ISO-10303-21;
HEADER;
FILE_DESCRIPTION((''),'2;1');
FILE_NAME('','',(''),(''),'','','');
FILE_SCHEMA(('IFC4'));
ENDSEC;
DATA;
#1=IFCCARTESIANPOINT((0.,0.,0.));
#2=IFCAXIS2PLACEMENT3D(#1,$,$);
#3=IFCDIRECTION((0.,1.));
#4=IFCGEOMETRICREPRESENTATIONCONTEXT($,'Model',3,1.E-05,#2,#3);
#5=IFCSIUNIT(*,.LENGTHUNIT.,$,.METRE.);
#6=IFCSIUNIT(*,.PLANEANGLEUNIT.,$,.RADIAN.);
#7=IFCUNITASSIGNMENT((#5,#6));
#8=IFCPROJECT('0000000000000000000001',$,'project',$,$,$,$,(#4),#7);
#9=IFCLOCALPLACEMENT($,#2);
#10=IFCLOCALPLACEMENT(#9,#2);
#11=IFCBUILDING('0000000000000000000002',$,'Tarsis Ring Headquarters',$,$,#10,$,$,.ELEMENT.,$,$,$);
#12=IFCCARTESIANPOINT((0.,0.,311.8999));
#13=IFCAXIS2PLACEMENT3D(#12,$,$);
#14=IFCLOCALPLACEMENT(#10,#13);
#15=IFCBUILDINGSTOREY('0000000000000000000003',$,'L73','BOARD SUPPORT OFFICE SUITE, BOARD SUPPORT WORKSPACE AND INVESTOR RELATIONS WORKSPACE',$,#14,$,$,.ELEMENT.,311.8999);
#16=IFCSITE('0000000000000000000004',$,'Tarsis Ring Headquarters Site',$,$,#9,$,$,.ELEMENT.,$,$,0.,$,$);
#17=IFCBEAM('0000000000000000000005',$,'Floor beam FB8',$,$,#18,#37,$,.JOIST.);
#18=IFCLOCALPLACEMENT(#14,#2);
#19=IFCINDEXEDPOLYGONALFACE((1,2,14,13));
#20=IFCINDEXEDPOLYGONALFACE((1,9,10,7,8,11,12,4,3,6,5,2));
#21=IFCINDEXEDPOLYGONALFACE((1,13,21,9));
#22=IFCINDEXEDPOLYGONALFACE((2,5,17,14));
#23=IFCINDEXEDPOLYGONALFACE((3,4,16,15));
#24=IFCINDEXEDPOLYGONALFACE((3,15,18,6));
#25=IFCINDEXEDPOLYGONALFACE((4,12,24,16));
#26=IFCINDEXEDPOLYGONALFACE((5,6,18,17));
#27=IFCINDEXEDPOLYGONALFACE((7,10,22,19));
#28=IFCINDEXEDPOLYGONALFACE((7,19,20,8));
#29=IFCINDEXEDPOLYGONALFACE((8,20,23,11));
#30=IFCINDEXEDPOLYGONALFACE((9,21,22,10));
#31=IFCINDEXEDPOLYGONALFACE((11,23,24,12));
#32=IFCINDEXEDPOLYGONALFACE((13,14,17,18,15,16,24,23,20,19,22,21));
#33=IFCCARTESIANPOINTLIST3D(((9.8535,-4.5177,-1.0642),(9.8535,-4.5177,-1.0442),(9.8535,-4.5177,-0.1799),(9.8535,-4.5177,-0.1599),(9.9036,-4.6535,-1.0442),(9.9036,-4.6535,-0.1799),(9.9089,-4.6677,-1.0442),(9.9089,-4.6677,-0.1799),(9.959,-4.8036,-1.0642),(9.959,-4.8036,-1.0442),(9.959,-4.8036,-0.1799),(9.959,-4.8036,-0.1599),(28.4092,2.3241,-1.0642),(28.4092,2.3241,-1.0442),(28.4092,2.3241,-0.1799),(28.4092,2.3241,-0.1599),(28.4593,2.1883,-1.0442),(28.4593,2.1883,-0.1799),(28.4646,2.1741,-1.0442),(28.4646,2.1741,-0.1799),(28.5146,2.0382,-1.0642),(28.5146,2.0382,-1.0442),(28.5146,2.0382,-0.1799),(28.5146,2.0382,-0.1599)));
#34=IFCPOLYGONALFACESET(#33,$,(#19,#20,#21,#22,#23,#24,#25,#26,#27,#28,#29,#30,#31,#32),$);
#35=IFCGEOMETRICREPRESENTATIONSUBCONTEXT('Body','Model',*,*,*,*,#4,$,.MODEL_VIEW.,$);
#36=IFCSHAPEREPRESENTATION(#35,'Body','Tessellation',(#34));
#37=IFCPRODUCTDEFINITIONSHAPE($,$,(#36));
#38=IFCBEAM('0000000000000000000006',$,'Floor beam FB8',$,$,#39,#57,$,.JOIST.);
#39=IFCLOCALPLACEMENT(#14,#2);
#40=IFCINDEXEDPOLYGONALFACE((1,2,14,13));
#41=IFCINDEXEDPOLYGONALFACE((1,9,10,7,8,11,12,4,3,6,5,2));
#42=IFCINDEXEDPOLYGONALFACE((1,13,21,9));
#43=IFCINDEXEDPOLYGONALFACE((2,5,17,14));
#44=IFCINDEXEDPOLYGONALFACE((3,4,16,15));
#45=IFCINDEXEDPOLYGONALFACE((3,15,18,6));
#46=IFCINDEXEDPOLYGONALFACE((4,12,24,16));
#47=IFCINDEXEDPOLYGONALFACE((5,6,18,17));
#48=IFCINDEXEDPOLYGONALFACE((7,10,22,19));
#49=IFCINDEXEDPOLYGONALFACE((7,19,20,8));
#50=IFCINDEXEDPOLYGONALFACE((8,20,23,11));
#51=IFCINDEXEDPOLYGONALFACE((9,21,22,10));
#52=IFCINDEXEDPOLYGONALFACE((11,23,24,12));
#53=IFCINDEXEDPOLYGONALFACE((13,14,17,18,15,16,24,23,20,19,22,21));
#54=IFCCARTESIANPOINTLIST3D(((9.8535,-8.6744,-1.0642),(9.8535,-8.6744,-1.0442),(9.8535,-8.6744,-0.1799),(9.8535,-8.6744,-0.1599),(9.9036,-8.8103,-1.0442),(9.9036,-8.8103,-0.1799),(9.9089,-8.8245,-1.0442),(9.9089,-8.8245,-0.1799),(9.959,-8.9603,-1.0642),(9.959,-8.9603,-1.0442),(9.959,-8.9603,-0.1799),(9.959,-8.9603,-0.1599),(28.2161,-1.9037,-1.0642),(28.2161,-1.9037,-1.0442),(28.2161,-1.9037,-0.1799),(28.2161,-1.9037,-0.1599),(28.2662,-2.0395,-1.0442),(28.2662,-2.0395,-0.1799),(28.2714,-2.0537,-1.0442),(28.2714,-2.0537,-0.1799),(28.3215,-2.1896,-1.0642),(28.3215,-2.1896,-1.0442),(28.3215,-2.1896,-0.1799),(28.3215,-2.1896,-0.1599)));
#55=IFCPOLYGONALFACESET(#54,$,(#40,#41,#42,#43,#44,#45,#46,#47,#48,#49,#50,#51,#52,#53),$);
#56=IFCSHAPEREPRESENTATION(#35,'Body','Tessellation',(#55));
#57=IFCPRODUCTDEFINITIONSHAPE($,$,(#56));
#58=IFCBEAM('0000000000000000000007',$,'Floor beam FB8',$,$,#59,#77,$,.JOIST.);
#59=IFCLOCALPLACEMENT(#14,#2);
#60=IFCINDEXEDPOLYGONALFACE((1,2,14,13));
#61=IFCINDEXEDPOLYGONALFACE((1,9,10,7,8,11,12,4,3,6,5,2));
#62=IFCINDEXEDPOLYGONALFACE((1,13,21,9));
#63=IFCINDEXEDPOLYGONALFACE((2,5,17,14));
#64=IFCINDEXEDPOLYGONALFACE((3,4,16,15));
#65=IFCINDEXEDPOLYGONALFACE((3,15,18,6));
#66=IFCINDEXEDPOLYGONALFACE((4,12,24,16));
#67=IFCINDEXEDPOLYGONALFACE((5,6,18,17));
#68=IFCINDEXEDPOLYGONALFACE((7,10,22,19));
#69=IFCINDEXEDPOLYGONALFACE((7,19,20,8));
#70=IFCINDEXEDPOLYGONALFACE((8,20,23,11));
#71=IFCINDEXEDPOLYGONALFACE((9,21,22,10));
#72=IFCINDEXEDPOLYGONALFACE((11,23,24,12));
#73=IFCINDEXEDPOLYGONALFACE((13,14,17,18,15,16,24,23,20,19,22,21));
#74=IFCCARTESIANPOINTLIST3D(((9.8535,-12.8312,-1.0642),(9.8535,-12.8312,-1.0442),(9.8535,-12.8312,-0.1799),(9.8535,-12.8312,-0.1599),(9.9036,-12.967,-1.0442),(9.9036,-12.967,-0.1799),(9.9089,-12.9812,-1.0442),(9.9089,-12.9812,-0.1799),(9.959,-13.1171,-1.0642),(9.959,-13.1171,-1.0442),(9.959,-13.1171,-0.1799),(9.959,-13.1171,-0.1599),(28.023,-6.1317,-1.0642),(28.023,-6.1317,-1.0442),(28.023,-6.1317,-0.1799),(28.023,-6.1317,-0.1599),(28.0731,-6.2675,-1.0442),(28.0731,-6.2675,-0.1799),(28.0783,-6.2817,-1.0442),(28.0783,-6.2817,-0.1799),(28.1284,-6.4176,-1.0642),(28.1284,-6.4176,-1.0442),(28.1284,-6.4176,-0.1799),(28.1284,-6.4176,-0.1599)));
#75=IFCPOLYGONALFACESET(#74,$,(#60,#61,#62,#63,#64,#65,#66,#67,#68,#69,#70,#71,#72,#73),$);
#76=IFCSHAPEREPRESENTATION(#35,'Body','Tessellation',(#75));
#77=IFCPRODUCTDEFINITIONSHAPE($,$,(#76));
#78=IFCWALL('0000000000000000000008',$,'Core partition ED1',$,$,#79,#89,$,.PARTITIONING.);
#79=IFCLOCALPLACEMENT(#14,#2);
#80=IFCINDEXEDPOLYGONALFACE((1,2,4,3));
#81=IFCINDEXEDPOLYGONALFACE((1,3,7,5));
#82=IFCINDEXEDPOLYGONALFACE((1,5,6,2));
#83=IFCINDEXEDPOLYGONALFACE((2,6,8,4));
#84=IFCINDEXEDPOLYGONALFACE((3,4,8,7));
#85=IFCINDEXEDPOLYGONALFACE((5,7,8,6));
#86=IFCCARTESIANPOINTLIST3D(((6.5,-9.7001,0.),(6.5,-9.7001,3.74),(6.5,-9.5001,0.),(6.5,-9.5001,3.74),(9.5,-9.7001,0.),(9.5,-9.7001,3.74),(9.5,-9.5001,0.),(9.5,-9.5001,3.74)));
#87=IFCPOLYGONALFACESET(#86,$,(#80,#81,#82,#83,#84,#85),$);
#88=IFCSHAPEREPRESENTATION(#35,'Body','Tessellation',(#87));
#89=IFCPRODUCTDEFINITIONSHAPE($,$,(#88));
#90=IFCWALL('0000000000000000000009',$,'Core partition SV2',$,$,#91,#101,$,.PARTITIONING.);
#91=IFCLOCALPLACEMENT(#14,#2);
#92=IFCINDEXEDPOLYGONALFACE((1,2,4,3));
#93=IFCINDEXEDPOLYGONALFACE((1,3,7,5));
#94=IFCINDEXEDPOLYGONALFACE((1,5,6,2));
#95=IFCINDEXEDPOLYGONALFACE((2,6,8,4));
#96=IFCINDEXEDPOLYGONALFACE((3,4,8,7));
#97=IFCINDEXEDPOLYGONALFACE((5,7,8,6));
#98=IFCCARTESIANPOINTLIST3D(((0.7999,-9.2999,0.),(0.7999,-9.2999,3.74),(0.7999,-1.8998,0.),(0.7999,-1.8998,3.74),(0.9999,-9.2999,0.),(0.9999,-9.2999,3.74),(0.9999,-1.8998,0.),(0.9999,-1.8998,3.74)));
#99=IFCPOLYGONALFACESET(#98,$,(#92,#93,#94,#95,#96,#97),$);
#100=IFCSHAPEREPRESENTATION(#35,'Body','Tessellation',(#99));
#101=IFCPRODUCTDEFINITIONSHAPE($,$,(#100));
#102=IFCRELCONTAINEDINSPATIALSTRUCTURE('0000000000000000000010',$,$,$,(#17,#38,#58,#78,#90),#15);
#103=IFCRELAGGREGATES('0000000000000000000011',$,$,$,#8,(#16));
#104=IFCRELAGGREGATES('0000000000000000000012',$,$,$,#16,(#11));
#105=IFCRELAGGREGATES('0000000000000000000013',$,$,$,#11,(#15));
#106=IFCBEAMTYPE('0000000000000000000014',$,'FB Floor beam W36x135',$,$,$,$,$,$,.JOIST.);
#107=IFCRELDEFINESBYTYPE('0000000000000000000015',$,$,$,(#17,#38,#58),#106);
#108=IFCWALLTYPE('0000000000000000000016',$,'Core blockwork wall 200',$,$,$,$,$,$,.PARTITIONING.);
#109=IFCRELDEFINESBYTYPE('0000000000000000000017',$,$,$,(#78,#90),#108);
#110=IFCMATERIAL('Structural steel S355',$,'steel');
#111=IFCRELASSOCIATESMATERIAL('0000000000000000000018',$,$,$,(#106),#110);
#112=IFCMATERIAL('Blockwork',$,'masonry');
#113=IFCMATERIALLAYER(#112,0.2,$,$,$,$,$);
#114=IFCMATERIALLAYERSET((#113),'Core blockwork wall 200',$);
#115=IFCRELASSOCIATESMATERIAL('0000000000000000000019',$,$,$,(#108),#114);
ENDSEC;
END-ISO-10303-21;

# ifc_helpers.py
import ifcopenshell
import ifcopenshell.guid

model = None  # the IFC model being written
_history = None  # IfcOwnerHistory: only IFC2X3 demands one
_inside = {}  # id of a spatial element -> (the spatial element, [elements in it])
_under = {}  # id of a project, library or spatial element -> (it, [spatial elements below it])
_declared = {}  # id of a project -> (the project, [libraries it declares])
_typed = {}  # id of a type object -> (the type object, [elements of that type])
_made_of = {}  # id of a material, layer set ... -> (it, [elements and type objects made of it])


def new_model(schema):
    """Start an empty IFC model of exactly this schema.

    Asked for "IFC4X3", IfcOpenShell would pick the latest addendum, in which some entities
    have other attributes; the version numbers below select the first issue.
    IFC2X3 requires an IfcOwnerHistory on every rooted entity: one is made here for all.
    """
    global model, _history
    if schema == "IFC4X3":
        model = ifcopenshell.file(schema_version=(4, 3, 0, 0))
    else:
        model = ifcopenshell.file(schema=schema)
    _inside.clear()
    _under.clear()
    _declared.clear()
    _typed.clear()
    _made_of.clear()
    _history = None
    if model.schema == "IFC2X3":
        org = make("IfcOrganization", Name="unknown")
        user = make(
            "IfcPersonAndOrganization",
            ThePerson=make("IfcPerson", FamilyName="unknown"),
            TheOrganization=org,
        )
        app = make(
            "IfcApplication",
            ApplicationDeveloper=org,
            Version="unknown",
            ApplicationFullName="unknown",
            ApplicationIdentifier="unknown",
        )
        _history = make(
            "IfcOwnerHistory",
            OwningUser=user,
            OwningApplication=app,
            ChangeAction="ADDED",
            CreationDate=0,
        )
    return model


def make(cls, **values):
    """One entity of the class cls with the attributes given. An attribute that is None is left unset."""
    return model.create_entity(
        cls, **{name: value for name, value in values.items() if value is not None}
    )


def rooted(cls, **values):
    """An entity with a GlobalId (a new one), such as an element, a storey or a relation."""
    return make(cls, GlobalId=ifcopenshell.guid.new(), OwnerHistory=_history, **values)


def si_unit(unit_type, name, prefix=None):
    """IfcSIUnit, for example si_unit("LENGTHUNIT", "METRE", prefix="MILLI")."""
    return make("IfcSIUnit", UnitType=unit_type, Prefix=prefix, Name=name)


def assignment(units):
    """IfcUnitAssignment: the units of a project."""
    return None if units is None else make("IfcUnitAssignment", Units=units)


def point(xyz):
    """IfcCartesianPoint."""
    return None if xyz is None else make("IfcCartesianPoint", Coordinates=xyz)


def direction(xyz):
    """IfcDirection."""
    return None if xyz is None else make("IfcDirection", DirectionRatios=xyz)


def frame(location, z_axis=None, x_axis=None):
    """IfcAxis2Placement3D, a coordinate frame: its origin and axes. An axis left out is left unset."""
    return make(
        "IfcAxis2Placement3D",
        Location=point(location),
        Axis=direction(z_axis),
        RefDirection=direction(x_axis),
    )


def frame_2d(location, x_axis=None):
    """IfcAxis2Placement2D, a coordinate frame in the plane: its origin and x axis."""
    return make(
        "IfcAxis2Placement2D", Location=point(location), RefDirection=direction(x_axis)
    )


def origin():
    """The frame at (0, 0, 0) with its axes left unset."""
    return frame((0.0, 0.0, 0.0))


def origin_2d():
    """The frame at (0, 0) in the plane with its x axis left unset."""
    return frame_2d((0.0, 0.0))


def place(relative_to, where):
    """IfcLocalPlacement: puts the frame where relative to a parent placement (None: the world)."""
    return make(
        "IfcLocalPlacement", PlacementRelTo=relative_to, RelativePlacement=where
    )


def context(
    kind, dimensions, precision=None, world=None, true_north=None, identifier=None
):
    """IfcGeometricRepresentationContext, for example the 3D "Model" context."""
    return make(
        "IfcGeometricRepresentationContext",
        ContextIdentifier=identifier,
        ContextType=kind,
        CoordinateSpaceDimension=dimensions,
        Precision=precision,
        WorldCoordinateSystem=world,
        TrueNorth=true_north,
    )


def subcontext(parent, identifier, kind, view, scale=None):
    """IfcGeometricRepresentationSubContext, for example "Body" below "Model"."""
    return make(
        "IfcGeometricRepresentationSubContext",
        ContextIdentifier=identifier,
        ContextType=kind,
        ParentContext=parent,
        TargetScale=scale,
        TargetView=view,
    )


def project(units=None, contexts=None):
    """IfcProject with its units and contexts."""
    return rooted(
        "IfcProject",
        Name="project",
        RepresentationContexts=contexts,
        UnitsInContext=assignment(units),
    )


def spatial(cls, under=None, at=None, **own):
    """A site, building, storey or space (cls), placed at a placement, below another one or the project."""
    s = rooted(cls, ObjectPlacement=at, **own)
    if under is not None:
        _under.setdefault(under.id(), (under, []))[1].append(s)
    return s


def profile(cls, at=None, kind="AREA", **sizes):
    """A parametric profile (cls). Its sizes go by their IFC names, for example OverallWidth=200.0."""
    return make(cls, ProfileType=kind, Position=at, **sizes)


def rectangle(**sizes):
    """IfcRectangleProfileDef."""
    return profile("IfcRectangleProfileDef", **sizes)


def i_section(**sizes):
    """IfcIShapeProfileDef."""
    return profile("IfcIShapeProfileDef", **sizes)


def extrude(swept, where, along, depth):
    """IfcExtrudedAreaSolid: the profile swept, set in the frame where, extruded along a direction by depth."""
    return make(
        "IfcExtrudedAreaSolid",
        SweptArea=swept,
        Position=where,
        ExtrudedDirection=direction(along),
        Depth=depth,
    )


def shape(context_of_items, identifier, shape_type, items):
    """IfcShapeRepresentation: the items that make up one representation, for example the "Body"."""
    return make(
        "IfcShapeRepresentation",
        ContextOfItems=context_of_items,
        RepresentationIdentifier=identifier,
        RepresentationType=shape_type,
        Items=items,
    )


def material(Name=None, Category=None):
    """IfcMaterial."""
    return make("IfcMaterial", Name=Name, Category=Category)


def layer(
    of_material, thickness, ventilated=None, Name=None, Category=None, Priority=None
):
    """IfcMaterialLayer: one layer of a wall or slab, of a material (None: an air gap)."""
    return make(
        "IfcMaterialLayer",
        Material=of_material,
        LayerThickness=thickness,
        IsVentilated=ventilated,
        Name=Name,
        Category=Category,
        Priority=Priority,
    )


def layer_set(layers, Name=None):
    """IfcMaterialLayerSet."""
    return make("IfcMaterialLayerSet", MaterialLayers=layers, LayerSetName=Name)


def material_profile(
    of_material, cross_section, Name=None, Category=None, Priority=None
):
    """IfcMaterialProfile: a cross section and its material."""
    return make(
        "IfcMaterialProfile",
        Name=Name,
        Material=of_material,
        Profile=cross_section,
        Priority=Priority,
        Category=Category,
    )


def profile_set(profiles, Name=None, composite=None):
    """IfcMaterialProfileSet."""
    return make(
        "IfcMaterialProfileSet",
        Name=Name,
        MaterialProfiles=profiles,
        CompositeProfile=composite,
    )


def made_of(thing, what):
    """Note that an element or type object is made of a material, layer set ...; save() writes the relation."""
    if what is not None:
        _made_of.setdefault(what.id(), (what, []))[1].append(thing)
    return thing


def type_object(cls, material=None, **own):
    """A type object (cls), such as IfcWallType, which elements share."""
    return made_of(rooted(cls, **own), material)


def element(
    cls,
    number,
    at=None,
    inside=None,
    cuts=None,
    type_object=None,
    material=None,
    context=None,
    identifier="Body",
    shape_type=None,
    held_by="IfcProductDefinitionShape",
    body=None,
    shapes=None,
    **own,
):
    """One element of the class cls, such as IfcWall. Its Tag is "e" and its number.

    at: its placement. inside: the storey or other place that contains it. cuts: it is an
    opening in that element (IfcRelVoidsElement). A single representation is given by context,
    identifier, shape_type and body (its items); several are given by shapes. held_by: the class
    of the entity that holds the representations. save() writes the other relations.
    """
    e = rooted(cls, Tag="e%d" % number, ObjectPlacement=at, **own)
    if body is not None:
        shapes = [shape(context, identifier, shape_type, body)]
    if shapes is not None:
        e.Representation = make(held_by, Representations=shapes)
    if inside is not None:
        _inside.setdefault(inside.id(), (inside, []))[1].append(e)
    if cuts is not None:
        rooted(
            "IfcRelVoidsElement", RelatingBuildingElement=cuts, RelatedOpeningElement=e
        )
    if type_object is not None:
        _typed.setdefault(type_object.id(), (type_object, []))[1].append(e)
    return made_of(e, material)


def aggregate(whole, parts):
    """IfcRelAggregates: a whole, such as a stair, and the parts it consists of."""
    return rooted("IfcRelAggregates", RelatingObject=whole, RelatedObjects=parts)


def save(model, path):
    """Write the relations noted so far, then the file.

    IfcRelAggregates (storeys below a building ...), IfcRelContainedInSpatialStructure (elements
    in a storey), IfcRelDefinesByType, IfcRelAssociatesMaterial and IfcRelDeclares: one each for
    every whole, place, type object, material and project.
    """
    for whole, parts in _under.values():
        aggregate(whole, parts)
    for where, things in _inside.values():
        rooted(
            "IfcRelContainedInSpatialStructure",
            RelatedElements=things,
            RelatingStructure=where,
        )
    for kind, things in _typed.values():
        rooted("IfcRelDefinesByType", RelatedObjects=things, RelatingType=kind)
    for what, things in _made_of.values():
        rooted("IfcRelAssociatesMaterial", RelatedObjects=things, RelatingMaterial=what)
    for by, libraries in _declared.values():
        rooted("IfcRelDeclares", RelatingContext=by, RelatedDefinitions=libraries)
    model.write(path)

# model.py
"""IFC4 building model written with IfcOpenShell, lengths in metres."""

from ifc_helpers import new_model, si_unit, direction, frame, frame_2d, origin, origin_2d, place, context, subcontext, project, spatial, rectangle, i_section, extrude, material, layer, layer_set, material_profile, profile_set, type_object, element, save


model = new_model("IFC4")

# Units and contexts
model_context = context("Model", 3, precision=1e-05, world=origin(), true_north=direction((0.0, 1.0)))
body_context = subcontext(model_context, "Body", "Model", "MODEL_VIEW")
ifc_project = project(units=[si_unit("LENGTHUNIT", "METRE"), si_unit("PLANEANGLEUNIT", "RADIAN")], contexts=[model_context])

# Site, building, storey
site_placement = place(None, origin())
site = spatial("IfcSite", under=ifc_project, at=site_placement, Name="Tarsis Ring Headquarters Site", CompositionType="ELEMENT", RefElevation=0.0)
building_placement = place(site_placement, origin())
building = spatial("IfcBuilding", under=site, at=building_placement, Name="Tarsis Ring Headquarters", CompositionType="ELEMENT")
storey_placement = place(building_placement, frame((0.0, 0.0, 311.8999)))
storey = spatial("IfcBuildingStorey", under=building, at=storey_placement, Name="L73", Description="BOARD SUPPORT OFFICE SUITE, BOARD SUPPORT WORKSPACE AND INVESTOR RELATIONS WORKSPACE", CompositionType="ELEMENT", Elevation=311.8999)

# Beams
ifc_material_1 = material(Name="Structural steel S355", Category="steel")
ifc_material_profile = material_profile(ifc_material_1, i_section(OverallWidth=0.3047, OverallDepth=0.9043, WebThickness=0.0151, FlangeThickness=0.02, at=origin_2d()), Name="W36x135")
ifc_profile_set = profile_set([ifc_material_profile], Name="Structural steel S355")
beam_type = type_object("IfcBeamType", Name="FB Floor beam W36x135", PredefinedType="JOIST", material=ifc_profile_set)
beam_1_placement = place(storey_placement, frame((9.9062, -4.6606, -0.6121), z_axis=(0.938253, 0.34595, 0.0), x_axis=(-0.34595, 0.938253, 0.0)))
element("IfcBeam", 1, at=beam_1_placement, inside=storey, type_object=beam_type, Name="Floor beam FB8", PredefinedType="JOIST", context=body_context, shape_type="SweptSolid", body=[
    extrude(i_section(OverallWidth=0.3047, OverallDepth=0.9043, WebThickness=0.0151, FlangeThickness=0.02, at=origin_2d()), origin(), (0.0, 0.0, 1.0), 19.7769),
])
beam_2_placement = place(storey_placement, frame((9.9062, -8.8174, -0.6121), z_axis=(0.93825, 0.345957, 0.0), x_axis=(-0.345957, 0.93825, 0.0)))
element("IfcBeam", 2, at=beam_2_placement, inside=storey, type_object=beam_type, Name="Floor beam FB8", PredefinedType="JOIST", context=body_context, shape_type="SweptSolid", body=[
    extrude(i_section(OverallWidth=0.3047, OverallDepth=0.9043, WebThickness=0.0151, FlangeThickness=0.02, at=origin_2d()), origin(), (0.0, 0.0, 1.0), 19.571),
])
beam_3_placement = place(storey_placement, frame((9.9062, -12.9741, -0.6121), z_axis=(0.938252, 0.345954, 0.0), x_axis=(-0.345954, 0.938252, 0.0)))
element("IfcBeam", 3, at=beam_3_placement, inside=storey, type_object=beam_type, Name="Floor beam FB8", PredefinedType="JOIST", context=body_context, shape_type="SweptSolid", body=[
    extrude(i_section(OverallWidth=0.3047, OverallDepth=0.9043, WebThickness=0.0151, FlangeThickness=0.02, at=origin_2d()), origin(), (0.0, 0.0, 1.0), 19.3652),
])

# Walls
ifc_material_2 = material(Name="Blockwork", Category="masonry")
ifc_layer_1 = layer(ifc_material_2, 0.2)
ifc_layer_set_1 = layer_set([ifc_layer_1], Name="Core blockwork wall 200")
wall_type_1 = type_object("IfcWallType", Name="Core blockwork wall 200", PredefinedType="PARTITIONING", material=ifc_layer_set_1)
wall_1_placement = place(storey_placement, frame((6.5, -9.6001, 0.0), z_axis=(0.0, 0.0, 1.0), x_axis=(1.0, 0.0, 0.0)))
element("IfcWall", 4, at=wall_1_placement, inside=storey, type_object=wall_type_1, Name="Core partition ED1", PredefinedType="PARTITIONING", context=body_context, shape_type="SweptSolid", body=[
    extrude(rectangle(XDim=3.0, YDim=0.2, at=frame_2d((1.5, 0.0))), origin(), (0.0, 0.0, 1.0), 3.74),
])
wall_2_placement = place(storey_placement, frame((0.8999, -9.3, 0.0), z_axis=(0.0, 0.0, 1.0), x_axis=(0.0, 1.0, 0.0)))
element("IfcWall", 5, at=wall_2_placement, inside=storey, type_object=wall_type_1, Name="Core partition SV2", PredefinedType="PARTITIONING", context=body_context, shape_type="SweptSolid", body=[
    extrude(rectangle(XDim=7.4001, YDim=0.2, at=frame_2d((3.7002, 0.0))), origin(), (0.0, 0.0, 1.0), 3.74),
])

save(model, "model.ifc")
